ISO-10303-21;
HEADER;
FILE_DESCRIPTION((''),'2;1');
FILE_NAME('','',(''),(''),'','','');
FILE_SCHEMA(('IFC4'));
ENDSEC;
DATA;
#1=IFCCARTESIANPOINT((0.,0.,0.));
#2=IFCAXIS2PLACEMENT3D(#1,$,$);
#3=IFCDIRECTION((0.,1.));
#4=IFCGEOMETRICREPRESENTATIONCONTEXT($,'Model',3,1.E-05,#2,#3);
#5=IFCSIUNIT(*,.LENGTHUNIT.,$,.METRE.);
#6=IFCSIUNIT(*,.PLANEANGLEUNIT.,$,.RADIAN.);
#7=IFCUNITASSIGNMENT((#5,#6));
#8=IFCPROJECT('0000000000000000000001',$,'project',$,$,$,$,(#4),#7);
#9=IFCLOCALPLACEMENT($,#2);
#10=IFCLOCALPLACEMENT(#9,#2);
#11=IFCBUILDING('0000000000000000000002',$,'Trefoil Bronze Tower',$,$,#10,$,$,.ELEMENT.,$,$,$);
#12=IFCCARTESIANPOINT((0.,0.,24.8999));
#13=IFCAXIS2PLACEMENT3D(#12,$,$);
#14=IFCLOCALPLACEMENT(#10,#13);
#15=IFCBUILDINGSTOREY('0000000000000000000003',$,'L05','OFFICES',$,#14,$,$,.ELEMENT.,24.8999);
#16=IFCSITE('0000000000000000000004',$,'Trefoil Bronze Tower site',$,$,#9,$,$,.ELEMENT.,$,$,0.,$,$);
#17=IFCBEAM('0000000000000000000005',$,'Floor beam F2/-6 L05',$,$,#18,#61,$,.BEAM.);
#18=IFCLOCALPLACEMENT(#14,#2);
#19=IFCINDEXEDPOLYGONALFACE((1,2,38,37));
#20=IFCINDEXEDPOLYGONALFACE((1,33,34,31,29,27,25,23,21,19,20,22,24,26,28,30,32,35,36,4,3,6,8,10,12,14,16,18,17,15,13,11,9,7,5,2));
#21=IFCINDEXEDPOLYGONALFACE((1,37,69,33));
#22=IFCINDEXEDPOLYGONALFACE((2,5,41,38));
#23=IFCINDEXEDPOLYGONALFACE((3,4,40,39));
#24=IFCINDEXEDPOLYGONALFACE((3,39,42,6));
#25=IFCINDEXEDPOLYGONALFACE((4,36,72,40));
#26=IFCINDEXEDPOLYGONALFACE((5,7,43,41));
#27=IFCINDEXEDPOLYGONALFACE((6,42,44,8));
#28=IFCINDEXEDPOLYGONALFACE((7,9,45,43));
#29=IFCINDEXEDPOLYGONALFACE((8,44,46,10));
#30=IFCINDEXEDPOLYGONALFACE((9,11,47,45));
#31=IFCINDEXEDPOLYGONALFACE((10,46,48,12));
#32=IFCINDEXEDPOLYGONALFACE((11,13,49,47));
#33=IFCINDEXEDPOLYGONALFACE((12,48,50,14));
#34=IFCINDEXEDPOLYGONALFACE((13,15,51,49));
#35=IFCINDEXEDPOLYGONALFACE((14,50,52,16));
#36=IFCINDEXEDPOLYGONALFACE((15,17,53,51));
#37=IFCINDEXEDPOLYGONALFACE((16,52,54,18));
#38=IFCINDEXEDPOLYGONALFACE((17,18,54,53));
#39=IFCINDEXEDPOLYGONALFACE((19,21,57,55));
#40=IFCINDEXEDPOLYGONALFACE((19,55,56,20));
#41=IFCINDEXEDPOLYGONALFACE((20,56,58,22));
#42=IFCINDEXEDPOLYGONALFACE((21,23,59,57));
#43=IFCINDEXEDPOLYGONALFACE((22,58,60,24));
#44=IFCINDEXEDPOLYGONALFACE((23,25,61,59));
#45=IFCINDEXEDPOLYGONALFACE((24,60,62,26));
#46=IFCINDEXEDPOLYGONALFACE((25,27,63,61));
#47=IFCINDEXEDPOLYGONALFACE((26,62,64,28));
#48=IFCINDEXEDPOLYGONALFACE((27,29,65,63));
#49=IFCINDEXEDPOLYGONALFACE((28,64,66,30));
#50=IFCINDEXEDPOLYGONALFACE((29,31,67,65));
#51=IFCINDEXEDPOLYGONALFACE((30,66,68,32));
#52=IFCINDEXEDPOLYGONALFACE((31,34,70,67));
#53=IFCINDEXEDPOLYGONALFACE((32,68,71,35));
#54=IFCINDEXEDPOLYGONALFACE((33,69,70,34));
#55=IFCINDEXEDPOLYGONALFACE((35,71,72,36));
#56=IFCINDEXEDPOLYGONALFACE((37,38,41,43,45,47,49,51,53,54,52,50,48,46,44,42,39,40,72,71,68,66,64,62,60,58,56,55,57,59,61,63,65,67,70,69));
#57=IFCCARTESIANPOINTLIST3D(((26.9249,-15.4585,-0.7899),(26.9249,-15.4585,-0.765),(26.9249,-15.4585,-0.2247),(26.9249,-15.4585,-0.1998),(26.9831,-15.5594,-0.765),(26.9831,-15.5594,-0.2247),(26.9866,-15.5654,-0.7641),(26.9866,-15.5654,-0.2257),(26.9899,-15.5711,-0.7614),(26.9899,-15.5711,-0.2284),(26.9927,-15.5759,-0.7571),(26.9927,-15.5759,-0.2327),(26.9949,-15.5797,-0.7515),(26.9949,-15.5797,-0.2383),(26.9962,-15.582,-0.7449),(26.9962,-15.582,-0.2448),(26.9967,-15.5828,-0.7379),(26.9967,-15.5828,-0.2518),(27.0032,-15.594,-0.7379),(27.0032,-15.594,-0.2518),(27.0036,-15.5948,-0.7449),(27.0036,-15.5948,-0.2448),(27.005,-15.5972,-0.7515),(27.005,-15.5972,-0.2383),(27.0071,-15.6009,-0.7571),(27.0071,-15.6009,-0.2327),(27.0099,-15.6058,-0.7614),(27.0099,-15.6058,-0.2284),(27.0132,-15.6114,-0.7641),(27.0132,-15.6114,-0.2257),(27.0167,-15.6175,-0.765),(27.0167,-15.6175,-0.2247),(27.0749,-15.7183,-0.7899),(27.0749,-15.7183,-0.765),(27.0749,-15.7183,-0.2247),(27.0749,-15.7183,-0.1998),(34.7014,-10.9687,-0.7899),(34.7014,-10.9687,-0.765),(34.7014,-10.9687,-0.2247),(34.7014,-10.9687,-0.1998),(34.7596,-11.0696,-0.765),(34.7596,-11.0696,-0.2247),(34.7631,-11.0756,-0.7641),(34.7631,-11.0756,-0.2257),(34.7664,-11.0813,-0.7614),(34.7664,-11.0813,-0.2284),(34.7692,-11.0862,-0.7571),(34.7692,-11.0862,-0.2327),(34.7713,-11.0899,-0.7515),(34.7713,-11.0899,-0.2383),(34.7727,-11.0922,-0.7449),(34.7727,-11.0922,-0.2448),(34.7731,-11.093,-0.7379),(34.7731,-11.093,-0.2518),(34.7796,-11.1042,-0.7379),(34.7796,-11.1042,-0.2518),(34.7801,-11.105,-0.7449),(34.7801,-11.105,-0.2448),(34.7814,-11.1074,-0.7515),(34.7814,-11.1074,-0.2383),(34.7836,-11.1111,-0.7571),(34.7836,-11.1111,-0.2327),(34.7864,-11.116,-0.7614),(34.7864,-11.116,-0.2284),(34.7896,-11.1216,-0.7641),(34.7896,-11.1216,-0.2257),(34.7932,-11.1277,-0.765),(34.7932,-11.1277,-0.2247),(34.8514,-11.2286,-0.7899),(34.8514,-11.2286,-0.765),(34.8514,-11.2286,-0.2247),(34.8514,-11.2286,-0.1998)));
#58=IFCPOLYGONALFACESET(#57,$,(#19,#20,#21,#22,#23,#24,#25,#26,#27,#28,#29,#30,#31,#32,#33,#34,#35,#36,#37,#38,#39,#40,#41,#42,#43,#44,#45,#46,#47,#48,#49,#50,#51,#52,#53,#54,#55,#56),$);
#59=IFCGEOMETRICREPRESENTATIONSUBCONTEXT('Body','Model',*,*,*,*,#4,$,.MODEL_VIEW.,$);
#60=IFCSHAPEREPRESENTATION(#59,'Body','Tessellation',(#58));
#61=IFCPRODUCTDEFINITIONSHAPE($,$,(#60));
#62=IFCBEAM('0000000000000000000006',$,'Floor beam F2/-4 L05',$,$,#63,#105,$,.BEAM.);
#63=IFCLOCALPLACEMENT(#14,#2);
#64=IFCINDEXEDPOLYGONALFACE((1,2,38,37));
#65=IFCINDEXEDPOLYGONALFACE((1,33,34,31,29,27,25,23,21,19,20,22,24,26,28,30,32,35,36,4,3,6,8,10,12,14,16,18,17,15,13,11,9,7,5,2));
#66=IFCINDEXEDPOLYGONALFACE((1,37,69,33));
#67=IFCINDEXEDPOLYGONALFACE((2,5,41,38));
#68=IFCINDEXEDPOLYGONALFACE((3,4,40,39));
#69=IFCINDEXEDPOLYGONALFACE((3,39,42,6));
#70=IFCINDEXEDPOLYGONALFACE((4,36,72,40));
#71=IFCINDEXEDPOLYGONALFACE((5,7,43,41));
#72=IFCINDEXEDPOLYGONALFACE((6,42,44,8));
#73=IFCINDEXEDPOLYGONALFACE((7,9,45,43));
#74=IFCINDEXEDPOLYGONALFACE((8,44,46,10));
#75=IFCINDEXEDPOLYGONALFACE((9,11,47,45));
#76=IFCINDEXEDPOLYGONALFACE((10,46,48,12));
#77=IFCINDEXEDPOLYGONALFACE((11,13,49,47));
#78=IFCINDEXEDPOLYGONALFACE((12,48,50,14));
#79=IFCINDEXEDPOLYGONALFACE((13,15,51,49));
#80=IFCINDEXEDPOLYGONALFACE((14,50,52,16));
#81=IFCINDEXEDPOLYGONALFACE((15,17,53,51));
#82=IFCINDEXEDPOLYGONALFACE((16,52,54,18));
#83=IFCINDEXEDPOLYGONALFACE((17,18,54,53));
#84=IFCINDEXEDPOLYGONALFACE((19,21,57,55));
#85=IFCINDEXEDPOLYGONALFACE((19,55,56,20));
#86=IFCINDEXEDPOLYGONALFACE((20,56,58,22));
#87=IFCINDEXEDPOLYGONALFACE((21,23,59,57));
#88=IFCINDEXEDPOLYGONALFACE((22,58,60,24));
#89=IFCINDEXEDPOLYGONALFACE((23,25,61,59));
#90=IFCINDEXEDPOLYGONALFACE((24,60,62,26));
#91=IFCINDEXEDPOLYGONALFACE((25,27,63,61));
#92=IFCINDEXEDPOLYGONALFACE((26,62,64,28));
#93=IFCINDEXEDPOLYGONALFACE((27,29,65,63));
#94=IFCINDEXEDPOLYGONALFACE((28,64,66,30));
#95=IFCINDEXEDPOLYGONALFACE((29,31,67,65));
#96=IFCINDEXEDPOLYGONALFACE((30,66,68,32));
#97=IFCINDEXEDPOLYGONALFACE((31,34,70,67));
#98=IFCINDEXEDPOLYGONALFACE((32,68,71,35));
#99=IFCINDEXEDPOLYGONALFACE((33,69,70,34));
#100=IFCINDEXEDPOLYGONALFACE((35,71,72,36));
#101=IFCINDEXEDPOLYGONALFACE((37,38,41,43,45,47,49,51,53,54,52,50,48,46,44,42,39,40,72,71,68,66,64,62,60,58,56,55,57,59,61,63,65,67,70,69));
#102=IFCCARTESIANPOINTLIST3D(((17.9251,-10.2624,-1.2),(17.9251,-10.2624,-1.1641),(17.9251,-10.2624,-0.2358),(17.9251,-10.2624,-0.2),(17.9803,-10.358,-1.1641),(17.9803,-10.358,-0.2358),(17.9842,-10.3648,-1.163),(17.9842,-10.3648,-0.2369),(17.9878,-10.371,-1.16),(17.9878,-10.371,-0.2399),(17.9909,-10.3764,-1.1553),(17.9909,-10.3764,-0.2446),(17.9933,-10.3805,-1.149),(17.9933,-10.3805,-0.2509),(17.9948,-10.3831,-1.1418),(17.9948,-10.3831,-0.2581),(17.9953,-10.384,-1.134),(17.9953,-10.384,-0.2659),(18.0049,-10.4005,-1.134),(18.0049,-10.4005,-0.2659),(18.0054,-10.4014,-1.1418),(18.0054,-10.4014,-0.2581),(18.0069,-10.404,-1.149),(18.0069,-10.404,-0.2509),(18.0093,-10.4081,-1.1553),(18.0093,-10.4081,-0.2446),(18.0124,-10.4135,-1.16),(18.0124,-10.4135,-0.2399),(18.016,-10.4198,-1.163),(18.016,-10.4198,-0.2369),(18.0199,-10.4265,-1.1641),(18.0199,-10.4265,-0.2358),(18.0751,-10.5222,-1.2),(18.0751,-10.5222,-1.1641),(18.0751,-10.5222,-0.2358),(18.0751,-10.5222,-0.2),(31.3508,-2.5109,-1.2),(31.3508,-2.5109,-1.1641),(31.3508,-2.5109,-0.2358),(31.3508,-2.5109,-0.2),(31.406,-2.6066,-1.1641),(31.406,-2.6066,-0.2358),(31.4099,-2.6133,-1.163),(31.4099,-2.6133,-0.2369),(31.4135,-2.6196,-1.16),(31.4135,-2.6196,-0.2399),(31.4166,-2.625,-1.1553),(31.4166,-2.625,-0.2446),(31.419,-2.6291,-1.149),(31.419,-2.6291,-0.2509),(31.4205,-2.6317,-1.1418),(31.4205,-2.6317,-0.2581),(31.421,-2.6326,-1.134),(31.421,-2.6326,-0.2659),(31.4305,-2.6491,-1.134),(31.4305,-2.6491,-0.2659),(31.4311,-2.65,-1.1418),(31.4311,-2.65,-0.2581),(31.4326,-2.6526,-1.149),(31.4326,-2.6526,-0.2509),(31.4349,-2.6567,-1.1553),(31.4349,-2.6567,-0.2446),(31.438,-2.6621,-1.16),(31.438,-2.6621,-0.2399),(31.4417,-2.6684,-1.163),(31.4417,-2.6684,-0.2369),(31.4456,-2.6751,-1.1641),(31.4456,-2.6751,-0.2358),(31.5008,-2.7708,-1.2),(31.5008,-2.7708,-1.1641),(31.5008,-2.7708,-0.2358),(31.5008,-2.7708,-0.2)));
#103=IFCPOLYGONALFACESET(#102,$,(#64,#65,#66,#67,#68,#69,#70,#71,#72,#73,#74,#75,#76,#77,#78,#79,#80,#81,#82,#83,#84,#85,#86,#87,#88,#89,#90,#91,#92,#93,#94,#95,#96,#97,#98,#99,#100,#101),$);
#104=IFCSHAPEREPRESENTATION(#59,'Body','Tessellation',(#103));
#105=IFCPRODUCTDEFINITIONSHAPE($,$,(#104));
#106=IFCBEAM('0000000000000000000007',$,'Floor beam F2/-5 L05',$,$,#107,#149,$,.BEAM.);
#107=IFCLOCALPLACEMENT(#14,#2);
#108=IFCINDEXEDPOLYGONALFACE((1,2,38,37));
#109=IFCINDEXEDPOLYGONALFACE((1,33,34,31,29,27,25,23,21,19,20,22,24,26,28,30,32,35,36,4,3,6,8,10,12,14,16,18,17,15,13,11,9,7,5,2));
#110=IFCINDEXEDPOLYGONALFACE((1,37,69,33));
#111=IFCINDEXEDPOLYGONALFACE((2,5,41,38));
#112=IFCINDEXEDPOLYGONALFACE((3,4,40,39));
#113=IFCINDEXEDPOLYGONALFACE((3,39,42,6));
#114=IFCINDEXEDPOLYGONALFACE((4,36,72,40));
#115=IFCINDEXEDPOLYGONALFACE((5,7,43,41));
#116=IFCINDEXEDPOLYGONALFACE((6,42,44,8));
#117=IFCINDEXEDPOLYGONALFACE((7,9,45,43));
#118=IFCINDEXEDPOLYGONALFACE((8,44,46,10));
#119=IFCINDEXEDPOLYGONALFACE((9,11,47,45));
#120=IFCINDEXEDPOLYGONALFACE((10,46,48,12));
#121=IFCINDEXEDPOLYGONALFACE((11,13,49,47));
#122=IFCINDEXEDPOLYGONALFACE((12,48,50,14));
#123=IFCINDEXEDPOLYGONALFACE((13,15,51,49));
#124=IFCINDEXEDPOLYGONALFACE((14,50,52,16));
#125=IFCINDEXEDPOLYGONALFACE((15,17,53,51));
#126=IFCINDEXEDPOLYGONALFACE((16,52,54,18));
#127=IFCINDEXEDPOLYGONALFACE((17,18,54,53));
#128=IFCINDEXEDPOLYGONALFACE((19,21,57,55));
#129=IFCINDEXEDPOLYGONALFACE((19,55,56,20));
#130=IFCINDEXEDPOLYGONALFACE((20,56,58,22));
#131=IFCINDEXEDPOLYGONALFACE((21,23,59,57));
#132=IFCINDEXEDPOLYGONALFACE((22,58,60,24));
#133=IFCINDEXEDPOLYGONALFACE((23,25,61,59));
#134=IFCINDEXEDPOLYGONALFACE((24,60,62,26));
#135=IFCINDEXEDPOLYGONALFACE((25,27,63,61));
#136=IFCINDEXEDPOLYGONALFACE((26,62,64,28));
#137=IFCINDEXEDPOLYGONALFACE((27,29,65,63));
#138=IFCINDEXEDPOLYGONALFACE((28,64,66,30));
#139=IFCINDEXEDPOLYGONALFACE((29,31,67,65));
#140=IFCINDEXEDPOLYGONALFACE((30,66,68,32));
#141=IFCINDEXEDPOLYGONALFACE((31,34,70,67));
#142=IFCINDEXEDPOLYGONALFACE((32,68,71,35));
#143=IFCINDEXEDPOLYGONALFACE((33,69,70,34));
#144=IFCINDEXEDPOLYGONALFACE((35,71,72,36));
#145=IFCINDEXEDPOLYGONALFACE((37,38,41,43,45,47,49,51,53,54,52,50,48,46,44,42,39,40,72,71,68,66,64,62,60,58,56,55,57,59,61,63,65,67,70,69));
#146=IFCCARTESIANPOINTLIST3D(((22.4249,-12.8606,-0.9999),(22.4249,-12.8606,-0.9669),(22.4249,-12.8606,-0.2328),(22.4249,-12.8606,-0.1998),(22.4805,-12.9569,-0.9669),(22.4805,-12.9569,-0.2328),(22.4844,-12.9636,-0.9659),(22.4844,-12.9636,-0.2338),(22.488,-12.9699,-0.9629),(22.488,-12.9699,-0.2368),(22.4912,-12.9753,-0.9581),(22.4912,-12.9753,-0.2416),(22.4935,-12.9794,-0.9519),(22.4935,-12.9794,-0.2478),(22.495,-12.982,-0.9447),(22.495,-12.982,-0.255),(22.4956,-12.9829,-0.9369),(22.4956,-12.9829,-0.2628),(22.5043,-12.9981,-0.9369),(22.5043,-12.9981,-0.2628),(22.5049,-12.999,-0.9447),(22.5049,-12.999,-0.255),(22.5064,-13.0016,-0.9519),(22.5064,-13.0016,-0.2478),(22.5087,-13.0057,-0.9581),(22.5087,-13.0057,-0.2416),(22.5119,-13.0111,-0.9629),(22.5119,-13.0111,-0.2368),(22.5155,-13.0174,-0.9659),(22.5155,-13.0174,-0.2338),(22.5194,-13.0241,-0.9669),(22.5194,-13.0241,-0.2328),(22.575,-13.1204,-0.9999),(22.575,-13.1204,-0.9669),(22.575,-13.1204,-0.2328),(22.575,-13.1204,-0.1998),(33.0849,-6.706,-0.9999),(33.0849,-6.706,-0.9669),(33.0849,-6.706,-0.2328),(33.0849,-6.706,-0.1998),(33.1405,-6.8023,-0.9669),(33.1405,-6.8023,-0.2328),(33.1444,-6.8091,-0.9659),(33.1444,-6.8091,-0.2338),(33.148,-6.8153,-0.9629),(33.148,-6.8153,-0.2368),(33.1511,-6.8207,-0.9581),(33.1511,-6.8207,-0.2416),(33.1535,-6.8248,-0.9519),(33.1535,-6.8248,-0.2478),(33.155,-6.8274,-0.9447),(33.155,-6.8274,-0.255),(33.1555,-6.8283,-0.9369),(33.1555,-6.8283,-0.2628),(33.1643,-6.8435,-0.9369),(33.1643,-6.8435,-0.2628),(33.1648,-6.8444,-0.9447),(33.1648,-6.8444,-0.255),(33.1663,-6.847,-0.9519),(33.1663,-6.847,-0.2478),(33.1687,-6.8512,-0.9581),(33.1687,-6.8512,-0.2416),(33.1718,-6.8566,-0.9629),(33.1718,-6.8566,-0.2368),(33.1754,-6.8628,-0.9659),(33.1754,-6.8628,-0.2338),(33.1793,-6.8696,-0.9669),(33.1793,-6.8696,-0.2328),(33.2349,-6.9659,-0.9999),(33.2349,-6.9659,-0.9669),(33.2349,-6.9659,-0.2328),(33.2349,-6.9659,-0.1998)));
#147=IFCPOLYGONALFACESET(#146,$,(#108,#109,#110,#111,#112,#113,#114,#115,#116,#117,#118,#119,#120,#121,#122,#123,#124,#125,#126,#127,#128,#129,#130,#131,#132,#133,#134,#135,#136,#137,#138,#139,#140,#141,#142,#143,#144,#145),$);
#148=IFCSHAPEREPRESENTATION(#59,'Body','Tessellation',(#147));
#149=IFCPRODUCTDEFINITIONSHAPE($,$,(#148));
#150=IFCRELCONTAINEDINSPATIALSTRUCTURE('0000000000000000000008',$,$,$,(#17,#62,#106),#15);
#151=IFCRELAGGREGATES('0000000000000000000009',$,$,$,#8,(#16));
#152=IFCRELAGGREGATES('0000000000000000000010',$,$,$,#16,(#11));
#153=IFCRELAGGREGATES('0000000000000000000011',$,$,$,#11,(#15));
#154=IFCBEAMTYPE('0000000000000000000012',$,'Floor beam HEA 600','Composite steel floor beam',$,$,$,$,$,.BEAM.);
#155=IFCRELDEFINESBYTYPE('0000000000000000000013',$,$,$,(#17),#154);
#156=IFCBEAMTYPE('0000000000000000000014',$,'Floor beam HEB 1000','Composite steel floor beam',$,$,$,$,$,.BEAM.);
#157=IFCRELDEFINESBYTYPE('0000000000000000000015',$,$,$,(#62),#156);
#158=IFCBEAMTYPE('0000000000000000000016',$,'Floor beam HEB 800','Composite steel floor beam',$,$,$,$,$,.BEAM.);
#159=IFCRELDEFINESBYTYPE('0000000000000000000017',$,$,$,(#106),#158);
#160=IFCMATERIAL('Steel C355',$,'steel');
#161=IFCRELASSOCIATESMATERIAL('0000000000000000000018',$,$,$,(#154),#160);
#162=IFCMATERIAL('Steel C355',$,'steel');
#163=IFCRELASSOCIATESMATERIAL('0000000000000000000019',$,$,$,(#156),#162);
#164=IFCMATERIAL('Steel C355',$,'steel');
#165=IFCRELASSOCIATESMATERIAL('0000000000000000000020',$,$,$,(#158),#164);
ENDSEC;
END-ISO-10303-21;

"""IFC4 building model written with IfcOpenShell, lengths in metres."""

from ifc_helpers import new_model, si_unit, direction, frame, origin, origin_2d, place, context, subcontext, project, spatial, i_section, extrude, material, material_profile, profile_set, type_object, element, save


model = new_model("IFC4")

# Units and contexts
model_context = context("Model", 3, precision=1e-05, world=origin(), true_north=direction((0.0, 1.0)))
body_context = subcontext(model_context, "Body", "Model", "MODEL_VIEW")
ifc_project = project(units=[si_unit("LENGTHUNIT", "METRE"), si_unit("PLANEANGLEUNIT", "RADIAN")], contexts=[model_context])

# Site, building, storey
site_placement = place(None, origin())
site = spatial("IfcSite", under=ifc_project, at=site_placement, Name="Trefoil Bronze Tower site", CompositionType="ELEMENT", RefElevation=0.0)
building_placement = place(site_placement, origin())
building = spatial("IfcBuilding", under=site, at=building_placement, Name="Trefoil Bronze Tower", CompositionType="ELEMENT")
storey_placement = place(building_placement, frame((0.0, 0.0, 24.8999)))
storey = spatial("IfcBuildingStorey", under=building, at=storey_placement, Name="L05", Description="OFFICES", CompositionType="ELEMENT", Elevation=24.8999)

# Beams
ifc_material_1 = material(Name="Steel C355", Category="steel")
ifc_material_profile_1 = material_profile(ifc_material_1, i_section(OverallWidth=0.3, OverallDepth=0.5901, WebThickness=0.0129, FlangeThickness=0.0249, FilletRadius=0.0271, at=origin_2d()), Name="HEA 600")
ifc_profile_set_1 = profile_set([ifc_material_profile_1], Name="Steel C355")
beam_type_1 = type_object("IfcBeamType", Name="Floor beam HEA 600", Description="Composite steel floor beam", PredefinedType="BEAM", material=ifc_profile_set_1)
beam_1_placement = place(storey_placement, frame((34.7764, -11.0986, -0.4949), z_axis=(-0.866023, -0.500005, 0.0), x_axis=(0.500005, -0.866023, 0.0)))
element("IfcBeam", 1, at=beam_1_placement, inside=storey, type_object=beam_type_1, Name="Floor beam F2/-6 L05", PredefinedType="BEAM", context=body_context, shape_type="SweptSolid", body=[
    extrude(i_section(OverallWidth=0.3, OverallDepth=0.5901, WebThickness=0.0129, FlangeThickness=0.0249, FilletRadius=0.0271, at=origin_2d()), origin(), (0.0, 0.0, 1.0), 8.9795),
])
ifc_material_2 = material(Name="Steel C355", Category="steel")
ifc_material_profile_2 = material_profile(ifc_material_2, i_section(OverallWidth=0.3, OverallDepth=1.0, WebThickness=0.019, FlangeThickness=0.0359, FilletRadius=0.03, at=origin_2d()), Name="HEB 1000")
ifc_profile_set_2 = profile_set([ifc_material_profile_2], Name="Steel C355")
beam_type_2 = type_object("IfcBeamType", Name="Floor beam HEB 1000", Description="Composite steel floor beam", PredefinedType="BEAM", material=ifc_profile_set_2)
beam_2_placement = place(storey_placement, frame((31.4258, -2.6409, -0.7), z_axis=(-0.866023, -0.500004, 0.0), x_axis=(0.500004, -0.866023, 0.0)))
element("IfcBeam", 2, at=beam_2_placement, inside=storey, type_object=beam_type_2, Name="Floor beam F2/-4 L05", PredefinedType="BEAM", context=body_context, shape_type="SweptSolid", body=[
    extrude(i_section(OverallWidth=0.3, OverallDepth=1.0, WebThickness=0.019, FlangeThickness=0.0359, FilletRadius=0.03, at=origin_2d()), origin(), (0.0, 0.0, 1.0), 15.5027),
])
ifc_material_3 = material(Name="Steel C355", Category="steel")
ifc_material_profile_3 = material_profile(ifc_material_3, i_section(OverallWidth=0.3, OverallDepth=0.8, WebThickness=0.0176, FlangeThickness=0.033, FilletRadius=0.03, at=origin_2d()), Name="HEB 800")
ifc_profile_set_3 = profile_set([ifc_material_profile_3], Name="Steel C355")
beam_type_3 = type_object("IfcBeamType", Name="Floor beam HEB 800", Description="Composite steel floor beam", PredefinedType="BEAM", material=ifc_profile_set_3)
beam_3_placement = place(storey_placement, frame((33.1599, -6.8359, -0.5999), z_axis=(-0.866024, -0.500002, 0.0), x_axis=(0.500002, -0.866024, 0.0)))
element("IfcBeam", 3, at=beam_3_placement, inside=storey, type_object=beam_type_3, Name="Floor beam F2/-5 L05", PredefinedType="BEAM", context=body_context, shape_type="SweptSolid", body=[
    extrude(i_section(OverallWidth=0.3, OverallDepth=0.8, WebThickness=0.0176, FlangeThickness=0.033, FilletRadius=0.03, at=origin_2d()), origin(), (0.0, 0.0, 1.0), 12.3091),
])

save(model, "model.ifc")
